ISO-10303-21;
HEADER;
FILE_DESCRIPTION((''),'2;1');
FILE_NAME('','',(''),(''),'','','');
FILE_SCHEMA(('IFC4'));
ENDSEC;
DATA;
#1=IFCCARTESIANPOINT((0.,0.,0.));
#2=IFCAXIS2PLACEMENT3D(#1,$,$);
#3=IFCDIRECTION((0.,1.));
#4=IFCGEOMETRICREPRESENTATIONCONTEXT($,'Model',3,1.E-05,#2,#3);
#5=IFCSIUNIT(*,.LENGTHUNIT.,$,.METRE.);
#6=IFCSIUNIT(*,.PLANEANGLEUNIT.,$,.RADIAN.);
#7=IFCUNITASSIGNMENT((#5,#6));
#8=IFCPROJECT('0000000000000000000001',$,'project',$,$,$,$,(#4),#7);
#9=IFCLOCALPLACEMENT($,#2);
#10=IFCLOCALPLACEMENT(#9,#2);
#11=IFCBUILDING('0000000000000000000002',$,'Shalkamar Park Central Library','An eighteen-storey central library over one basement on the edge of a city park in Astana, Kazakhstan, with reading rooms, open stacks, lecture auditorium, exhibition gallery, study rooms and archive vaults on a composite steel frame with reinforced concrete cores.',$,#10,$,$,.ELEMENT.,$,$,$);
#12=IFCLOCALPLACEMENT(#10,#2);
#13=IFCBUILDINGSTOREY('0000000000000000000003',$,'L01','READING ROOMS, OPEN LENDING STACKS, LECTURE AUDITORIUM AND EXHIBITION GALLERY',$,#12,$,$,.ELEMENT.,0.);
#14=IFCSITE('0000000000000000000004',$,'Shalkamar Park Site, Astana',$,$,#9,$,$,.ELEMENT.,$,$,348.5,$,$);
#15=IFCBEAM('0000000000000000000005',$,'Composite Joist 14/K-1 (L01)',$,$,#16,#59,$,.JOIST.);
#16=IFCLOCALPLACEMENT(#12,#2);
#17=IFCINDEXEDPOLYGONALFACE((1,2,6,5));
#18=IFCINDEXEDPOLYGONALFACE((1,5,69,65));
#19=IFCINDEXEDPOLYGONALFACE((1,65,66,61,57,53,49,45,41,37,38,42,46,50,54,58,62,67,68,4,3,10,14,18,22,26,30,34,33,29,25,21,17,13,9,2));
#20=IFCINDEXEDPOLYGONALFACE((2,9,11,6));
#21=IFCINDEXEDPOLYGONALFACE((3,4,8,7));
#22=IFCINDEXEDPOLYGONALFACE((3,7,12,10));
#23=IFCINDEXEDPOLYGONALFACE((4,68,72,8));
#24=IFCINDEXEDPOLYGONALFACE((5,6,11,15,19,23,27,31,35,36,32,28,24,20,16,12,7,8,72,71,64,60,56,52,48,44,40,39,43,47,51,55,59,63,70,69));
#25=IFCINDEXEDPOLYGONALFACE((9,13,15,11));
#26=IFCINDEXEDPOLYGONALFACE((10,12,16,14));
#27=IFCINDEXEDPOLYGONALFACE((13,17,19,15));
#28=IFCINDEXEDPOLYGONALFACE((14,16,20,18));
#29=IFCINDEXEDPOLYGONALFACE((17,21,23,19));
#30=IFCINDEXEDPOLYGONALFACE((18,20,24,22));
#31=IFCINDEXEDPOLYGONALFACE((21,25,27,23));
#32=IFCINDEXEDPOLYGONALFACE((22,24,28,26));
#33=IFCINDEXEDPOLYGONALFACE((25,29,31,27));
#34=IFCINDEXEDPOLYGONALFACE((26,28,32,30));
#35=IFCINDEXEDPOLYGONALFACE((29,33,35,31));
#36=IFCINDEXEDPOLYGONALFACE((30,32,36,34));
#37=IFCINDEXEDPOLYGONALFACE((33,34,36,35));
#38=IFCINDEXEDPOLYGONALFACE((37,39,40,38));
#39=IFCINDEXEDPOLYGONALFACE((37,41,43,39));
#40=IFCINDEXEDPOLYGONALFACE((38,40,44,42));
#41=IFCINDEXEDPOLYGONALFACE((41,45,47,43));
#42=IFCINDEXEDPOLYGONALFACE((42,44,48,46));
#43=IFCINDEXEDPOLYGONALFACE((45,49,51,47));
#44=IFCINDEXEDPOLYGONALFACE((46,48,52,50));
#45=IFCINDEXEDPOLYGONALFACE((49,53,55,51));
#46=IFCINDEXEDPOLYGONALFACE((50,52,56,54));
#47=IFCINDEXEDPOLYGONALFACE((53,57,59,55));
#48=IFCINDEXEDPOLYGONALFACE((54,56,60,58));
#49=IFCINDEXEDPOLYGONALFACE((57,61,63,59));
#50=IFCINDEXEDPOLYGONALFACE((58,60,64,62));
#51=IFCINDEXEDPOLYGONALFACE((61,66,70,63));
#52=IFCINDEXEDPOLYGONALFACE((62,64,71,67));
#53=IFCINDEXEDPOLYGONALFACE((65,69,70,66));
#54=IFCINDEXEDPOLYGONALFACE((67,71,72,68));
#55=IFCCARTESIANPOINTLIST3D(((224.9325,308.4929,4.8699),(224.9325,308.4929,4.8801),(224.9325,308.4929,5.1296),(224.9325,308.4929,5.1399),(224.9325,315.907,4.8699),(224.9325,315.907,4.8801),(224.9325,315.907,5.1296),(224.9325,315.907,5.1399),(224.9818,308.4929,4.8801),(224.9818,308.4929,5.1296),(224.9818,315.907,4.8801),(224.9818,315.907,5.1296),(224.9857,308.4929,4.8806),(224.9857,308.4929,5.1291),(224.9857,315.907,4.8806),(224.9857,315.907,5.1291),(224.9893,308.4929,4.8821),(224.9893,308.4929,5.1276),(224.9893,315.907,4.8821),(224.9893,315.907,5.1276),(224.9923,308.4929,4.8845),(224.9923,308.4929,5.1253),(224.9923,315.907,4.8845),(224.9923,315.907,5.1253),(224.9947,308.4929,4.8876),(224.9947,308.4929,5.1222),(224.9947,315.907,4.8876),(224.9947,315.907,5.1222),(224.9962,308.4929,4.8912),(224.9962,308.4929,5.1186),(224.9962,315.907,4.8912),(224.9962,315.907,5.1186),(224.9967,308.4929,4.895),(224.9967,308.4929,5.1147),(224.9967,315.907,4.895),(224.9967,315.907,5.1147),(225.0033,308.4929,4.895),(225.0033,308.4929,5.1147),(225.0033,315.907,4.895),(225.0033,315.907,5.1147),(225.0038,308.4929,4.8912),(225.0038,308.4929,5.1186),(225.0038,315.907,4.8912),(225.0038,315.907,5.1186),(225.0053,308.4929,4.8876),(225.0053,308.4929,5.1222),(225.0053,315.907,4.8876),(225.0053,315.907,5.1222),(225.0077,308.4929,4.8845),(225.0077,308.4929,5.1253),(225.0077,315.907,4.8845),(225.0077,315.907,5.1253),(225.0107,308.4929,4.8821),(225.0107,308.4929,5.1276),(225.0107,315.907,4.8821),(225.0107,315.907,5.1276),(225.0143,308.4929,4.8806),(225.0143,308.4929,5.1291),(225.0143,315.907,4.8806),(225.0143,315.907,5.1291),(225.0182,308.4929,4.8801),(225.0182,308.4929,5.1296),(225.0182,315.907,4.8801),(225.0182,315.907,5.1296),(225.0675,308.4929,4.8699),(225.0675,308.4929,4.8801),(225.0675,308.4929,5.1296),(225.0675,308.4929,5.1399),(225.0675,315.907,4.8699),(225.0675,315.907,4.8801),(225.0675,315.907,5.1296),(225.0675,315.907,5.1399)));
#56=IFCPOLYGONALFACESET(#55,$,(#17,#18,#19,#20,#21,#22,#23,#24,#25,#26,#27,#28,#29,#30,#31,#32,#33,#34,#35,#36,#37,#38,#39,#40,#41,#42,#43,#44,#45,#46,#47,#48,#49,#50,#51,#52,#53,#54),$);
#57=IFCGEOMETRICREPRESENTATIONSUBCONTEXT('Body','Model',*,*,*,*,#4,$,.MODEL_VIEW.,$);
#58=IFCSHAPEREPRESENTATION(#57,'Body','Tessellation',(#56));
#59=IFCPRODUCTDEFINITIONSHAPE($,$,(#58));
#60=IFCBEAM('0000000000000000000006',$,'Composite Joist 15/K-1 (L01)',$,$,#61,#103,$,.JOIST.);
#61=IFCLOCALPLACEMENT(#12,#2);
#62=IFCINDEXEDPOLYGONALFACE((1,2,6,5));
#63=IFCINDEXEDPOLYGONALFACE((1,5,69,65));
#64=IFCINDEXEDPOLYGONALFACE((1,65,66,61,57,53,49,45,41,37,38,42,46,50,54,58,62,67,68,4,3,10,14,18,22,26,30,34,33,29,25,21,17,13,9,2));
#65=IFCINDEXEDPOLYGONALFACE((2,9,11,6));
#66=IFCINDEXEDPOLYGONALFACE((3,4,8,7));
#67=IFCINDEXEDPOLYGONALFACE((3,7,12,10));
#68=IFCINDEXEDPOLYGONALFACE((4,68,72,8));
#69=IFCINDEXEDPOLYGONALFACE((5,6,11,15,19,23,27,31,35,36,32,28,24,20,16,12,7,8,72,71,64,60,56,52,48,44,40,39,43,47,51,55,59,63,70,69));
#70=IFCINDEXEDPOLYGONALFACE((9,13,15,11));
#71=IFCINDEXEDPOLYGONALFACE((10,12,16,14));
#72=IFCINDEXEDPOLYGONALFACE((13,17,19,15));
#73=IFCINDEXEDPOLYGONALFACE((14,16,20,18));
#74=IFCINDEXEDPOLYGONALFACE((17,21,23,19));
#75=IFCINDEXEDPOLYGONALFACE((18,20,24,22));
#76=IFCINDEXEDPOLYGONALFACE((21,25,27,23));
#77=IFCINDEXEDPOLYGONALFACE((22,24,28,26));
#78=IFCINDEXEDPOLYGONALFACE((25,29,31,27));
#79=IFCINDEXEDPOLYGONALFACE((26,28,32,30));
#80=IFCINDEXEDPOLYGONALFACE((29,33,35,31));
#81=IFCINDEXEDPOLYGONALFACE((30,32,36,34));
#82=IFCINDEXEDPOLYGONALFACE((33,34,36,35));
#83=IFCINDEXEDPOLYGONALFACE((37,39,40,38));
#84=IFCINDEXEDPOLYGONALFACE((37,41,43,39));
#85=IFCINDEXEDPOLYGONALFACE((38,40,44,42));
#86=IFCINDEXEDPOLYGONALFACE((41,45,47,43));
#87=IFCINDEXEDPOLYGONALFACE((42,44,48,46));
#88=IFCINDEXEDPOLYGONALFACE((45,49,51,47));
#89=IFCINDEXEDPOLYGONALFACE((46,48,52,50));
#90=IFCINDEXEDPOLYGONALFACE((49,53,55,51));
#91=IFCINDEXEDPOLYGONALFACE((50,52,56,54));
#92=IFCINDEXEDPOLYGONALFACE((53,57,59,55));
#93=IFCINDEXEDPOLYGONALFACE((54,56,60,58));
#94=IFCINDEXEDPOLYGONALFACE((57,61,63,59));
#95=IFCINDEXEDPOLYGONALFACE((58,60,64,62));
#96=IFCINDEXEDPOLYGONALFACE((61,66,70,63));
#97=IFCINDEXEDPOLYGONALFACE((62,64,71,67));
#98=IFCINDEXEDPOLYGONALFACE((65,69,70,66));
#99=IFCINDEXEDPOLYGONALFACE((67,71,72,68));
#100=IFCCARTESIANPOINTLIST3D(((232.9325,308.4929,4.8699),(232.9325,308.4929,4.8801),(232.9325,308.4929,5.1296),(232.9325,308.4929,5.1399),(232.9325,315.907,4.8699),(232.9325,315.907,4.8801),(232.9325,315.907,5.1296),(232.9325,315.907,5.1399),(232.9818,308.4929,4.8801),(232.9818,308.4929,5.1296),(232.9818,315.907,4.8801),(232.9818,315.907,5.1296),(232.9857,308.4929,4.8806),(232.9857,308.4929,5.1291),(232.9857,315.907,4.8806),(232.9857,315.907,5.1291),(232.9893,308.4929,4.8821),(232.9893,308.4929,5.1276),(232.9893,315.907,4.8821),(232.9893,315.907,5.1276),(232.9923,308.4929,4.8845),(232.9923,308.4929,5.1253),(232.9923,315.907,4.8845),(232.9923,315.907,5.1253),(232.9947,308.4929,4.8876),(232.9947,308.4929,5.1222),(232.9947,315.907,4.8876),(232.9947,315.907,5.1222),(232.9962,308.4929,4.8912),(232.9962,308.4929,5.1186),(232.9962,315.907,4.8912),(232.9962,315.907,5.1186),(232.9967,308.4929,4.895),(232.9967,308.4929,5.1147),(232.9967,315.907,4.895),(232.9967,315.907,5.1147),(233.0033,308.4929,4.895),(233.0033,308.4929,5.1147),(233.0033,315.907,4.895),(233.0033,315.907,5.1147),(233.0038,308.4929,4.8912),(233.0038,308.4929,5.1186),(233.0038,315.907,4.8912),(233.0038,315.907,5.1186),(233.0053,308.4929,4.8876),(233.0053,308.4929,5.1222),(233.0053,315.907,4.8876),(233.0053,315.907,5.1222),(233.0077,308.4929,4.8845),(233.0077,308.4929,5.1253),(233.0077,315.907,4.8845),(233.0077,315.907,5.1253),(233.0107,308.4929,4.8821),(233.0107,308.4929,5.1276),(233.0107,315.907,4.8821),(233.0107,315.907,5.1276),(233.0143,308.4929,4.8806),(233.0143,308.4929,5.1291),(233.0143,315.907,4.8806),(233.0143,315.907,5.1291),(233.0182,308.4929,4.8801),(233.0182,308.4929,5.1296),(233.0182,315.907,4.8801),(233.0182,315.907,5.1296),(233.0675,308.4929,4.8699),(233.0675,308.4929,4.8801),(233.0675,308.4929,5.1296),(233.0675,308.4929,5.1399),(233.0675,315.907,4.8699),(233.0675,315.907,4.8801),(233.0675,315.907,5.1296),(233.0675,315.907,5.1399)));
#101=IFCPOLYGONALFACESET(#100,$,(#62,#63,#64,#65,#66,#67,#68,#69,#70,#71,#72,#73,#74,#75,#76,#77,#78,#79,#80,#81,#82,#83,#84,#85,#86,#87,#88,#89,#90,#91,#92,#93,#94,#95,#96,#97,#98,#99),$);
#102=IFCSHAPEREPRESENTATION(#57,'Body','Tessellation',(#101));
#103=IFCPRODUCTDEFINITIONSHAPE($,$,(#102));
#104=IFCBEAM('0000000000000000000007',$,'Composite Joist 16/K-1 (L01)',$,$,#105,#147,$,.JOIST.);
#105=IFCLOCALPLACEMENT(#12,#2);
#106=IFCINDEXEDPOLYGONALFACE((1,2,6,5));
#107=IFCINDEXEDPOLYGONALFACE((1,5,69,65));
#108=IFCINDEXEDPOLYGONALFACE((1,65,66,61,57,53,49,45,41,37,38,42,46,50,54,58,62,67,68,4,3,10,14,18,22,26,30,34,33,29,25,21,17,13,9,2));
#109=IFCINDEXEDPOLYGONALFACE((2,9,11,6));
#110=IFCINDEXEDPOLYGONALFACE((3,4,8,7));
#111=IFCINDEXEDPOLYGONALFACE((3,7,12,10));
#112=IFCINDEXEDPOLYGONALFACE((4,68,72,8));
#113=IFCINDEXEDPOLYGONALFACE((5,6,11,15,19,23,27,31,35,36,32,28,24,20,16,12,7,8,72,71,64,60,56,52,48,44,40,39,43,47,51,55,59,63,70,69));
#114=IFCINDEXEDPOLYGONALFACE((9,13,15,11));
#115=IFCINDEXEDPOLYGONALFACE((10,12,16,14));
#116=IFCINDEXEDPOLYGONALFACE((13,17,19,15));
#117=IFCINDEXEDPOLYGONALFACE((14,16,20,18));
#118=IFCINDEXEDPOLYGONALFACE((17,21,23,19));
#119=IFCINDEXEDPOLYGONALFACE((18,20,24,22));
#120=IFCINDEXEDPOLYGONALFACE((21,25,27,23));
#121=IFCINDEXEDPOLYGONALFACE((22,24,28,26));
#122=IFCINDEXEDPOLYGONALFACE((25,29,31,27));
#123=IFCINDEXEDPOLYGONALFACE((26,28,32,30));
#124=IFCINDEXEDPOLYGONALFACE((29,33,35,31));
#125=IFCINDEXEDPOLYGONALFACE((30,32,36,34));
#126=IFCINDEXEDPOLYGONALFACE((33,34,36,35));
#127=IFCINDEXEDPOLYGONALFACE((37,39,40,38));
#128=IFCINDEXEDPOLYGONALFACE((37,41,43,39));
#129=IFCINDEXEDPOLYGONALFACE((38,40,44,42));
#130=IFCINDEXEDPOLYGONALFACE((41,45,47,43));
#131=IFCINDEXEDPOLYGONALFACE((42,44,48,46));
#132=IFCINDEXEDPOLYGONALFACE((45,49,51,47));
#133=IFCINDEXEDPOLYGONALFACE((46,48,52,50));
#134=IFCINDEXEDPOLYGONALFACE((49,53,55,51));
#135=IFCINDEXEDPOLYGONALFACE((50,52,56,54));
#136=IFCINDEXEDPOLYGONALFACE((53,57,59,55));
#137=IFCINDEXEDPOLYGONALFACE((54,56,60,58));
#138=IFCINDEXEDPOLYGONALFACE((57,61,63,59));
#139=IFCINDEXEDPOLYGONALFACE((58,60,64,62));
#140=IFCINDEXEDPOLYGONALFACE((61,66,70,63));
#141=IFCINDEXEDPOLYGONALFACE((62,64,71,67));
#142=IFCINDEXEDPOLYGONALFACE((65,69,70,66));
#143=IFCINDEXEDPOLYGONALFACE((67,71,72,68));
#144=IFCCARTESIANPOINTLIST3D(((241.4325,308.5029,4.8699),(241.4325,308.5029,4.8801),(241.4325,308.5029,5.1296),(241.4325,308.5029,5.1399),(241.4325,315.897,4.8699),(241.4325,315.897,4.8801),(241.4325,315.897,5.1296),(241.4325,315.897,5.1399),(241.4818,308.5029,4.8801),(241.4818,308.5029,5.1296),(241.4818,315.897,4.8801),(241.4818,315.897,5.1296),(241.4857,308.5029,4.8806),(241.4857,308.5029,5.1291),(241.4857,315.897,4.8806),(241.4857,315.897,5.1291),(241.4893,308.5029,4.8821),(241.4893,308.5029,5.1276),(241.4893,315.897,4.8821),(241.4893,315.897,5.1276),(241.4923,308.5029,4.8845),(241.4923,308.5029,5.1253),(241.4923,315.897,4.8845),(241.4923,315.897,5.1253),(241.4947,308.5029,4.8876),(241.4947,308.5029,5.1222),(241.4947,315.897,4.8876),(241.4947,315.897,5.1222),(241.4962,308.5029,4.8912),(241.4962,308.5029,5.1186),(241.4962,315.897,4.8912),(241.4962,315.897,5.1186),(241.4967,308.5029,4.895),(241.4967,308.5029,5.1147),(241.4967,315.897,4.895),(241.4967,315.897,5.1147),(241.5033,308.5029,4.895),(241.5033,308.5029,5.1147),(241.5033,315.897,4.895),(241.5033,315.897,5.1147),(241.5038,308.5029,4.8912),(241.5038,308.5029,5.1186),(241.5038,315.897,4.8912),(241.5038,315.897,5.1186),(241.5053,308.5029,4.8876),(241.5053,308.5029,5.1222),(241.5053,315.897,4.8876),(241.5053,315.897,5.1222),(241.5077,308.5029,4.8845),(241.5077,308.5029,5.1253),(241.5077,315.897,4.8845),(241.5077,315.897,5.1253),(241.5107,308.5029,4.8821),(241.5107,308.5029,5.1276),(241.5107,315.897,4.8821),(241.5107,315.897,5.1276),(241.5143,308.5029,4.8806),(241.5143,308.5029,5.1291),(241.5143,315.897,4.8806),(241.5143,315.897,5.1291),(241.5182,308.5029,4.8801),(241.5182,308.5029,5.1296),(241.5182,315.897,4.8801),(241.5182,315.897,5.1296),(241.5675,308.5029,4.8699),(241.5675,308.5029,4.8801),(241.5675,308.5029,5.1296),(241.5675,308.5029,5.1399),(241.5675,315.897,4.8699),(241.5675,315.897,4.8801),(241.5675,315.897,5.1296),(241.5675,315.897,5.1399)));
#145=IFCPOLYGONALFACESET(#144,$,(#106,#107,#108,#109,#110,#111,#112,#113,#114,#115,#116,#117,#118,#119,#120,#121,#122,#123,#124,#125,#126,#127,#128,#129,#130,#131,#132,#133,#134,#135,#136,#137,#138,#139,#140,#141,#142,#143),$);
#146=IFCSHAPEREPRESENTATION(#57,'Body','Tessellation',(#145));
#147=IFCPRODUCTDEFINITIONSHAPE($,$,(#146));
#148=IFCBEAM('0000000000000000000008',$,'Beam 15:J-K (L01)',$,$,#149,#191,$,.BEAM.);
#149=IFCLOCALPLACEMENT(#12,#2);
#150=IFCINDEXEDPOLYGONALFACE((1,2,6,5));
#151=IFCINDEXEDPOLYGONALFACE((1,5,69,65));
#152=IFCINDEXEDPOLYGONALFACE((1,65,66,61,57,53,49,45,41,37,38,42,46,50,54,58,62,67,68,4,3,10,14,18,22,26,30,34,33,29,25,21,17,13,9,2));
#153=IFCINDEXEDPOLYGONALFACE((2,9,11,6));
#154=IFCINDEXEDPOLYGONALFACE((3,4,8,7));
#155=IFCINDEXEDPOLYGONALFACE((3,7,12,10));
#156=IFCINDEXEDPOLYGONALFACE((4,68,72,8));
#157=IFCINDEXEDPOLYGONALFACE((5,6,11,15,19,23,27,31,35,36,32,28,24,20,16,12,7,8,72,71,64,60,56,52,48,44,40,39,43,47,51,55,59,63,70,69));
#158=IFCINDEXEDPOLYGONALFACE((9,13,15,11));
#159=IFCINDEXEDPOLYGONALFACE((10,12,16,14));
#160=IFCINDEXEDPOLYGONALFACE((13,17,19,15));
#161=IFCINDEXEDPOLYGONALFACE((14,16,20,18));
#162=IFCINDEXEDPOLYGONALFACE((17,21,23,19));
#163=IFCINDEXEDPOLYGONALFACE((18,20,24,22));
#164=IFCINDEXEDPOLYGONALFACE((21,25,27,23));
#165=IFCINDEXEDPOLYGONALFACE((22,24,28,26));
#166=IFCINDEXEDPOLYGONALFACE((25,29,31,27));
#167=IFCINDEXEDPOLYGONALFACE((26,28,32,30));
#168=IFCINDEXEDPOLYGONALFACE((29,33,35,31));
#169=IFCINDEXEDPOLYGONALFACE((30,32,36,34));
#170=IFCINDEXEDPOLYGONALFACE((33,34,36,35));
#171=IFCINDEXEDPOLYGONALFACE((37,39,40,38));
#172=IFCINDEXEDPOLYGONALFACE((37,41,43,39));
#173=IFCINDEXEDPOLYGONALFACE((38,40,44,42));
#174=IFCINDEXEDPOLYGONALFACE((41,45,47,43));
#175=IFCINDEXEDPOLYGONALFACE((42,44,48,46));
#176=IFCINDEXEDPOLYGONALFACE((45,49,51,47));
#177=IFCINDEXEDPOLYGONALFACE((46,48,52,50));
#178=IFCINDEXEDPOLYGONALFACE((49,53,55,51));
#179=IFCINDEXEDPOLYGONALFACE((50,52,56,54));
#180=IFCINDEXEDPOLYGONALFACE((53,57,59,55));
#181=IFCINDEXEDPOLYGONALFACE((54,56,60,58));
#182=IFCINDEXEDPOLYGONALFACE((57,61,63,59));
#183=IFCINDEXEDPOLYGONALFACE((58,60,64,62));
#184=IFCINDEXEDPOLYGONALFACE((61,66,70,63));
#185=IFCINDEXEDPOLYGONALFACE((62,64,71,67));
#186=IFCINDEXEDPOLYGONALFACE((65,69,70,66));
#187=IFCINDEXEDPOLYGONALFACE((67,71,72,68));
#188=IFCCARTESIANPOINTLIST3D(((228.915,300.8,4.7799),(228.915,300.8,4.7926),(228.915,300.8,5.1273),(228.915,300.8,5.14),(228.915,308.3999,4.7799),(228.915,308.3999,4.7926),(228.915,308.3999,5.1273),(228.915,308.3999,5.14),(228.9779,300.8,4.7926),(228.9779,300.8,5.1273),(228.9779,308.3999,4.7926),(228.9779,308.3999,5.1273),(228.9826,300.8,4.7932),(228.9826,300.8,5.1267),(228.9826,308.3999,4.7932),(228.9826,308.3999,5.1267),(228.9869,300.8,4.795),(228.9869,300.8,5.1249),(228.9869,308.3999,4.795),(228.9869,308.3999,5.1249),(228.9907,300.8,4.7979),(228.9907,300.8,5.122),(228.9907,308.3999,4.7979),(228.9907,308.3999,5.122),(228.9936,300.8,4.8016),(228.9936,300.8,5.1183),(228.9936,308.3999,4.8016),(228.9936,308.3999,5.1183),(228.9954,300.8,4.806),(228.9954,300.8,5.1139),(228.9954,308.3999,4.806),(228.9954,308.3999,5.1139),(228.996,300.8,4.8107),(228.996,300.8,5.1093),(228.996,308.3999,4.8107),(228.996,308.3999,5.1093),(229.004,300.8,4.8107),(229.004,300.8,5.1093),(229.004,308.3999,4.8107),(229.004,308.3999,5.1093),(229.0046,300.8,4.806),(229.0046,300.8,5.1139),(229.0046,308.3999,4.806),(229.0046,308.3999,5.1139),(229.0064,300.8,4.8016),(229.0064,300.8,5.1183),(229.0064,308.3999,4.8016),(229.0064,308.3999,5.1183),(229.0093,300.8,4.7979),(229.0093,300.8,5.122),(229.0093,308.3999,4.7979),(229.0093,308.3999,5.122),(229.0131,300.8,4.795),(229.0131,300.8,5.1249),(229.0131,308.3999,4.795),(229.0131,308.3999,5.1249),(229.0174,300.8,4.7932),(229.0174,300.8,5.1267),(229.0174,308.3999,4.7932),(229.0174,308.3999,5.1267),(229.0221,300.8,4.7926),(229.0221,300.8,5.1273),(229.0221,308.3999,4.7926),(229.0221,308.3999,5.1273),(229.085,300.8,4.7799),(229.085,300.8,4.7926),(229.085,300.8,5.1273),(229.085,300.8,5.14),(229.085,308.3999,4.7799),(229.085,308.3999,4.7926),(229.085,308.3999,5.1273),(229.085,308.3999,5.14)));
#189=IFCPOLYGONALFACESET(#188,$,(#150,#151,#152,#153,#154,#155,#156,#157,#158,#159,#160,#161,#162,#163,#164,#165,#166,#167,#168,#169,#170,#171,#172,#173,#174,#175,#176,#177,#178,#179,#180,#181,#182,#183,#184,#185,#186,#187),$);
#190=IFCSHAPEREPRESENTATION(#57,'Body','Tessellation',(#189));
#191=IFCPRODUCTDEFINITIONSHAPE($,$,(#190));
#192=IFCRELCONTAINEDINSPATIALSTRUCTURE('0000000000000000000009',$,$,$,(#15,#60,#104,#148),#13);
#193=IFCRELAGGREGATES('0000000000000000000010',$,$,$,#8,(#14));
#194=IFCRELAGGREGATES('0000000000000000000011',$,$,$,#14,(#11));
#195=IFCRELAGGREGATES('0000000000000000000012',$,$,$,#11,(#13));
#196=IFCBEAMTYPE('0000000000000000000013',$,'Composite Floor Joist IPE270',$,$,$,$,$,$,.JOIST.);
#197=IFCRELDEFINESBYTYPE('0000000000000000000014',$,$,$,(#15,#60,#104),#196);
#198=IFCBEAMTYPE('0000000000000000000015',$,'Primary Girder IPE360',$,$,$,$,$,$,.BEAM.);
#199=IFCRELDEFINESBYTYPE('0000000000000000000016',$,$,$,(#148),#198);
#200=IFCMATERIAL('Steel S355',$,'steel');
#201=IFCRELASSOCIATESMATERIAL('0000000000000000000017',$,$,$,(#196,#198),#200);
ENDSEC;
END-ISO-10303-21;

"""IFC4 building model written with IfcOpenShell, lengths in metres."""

from ifc_helpers import new_model, si_unit, direction, frame, origin, origin_2d, place, context, subcontext, project, spatial, i_section, extrude, material, material_profile, profile_set, type_object, element, save


model = new_model("IFC4")

# Units and contexts
model_context = context("Model", 3, precision=1e-05, world=origin(), true_north=direction((0.0, 1.0)))
body_context = subcontext(model_context, "Body", "Model", "MODEL_VIEW")
ifc_project = project(units=[si_unit("LENGTHUNIT", "METRE"), si_unit("PLANEANGLEUNIT", "RADIAN")], contexts=[model_context])

# Site, building, storey
site_placement = place(None, origin())
site = spatial("IfcSite", under=ifc_project, at=site_placement, Name="Shalkamar Park Site, Astana", CompositionType="ELEMENT", RefElevation=348.5)
building_placement = place(site_placement, origin())
building = spatial("IfcBuilding", under=site, at=building_placement, Name="Shalkamar Park Central Library", Description="An eighteen-storey central library over one basement on the edge of a city park in Astana, Kazakhstan, with reading rooms, open stacks, lecture auditorium, exhibition gallery, study rooms and archive vaults on a composite steel frame with reinforced concrete cores.", CompositionType="ELEMENT")
storey_placement = place(building_placement, origin())
storey = spatial("IfcBuildingStorey", under=building, at=storey_placement, Name="L01", Description="READING ROOMS, OPEN LENDING STACKS, LECTURE AUDITORIUM AND EXHIBITION GALLERY", CompositionType="ELEMENT", Elevation=0.0)

# Shared definitions
ifc_material_1 = material(Name="Steel S355", Category="steel")

# Beams
ifc_material_profile_1 = material_profile(ifc_material_1, i_section(OverallWidth=0.135, OverallDepth=0.27, WebThickness=0.0066, FlangeThickness=0.0103, FilletRadius=0.0149, at=origin_2d()), Name="IPE 270")
ifc_profile_set_1 = profile_set([ifc_material_profile_1], Name="Steel S355")
beam_type_1 = type_object("IfcBeamType", Name="Composite Floor Joist IPE270", PredefinedType="JOIST", material=ifc_profile_set_1)
for number, where, z_axis, x_axis, name in (
    (1, (225.0, 308.4929, 5.0049), (0.0, 1.0, 0.0), (-1.0, 0.0, 0.0), "Composite Joist 14/K-1 (L01)"),
    (2, (233.0, 308.4929, 5.0049), (0.0, 1.0, 0.0), (-1.0, 0.0, 0.0), "Composite Joist 15/K-1 (L01)"),
):
    element("IfcBeam", number, at=place(storey_placement, frame(where, z_axis=z_axis, x_axis=x_axis)), inside=storey, type_object=beam_type_1, Name=name, PredefinedType="JOIST", context=body_context, shape_type="SweptSolid", body=[
        extrude(i_section(OverallWidth=0.135, OverallDepth=0.27, WebThickness=0.0066, FlangeThickness=0.0103, FilletRadius=0.0149, at=origin_2d()), origin(), (0.0, 0.0, 1.0), 7.4141),
    ])
beam_1_placement = place(storey_placement, frame((241.5, 308.5029, 5.0049), z_axis=(0.0, 1.0, 0.0), x_axis=(-1.0, 0.0, 0.0)))
element("IfcBeam", 3, at=beam_1_placement, inside=storey, type_object=beam_type_1, Name="Composite Joist 16/K-1 (L01)", PredefinedType="JOIST", context=body_context, shape_type="SweptSolid", body=[
    extrude(i_section(OverallWidth=0.135, OverallDepth=0.27, WebThickness=0.0066, FlangeThickness=0.0103, FilletRadius=0.0149, at=origin_2d()), origin(), (0.0, 0.0, 1.0), 7.394),
])
ifc_material_profile_2 = material_profile(ifc_material_1, i_section(OverallWidth=0.1699, OverallDepth=0.3601, WebThickness=0.0081, FlangeThickness=0.0127, FilletRadius=0.0181, at=origin_2d()), Name="IPE 360")
ifc_profile_set_2 = profile_set([ifc_material_profile_2], Name="Steel S355")
beam_type_2 = type_object("IfcBeamType", Name="Primary Girder IPE360", PredefinedType="BEAM", material=ifc_profile_set_2)
beam_2_placement = place(storey_placement, frame((229.0, 300.8, 4.96), z_axis=(0.0, 1.0, 0.0), x_axis=(-1.0, 0.0, 0.0)))
element("IfcBeam", 4, at=beam_2_placement, inside=storey, type_object=beam_type_2, Name="Beam 15:J-K (L01)", PredefinedType="BEAM", context=body_context, shape_type="SweptSolid", body=[
    extrude(i_section(OverallWidth=0.1699, OverallDepth=0.3601, WebThickness=0.0081, FlangeThickness=0.0127, FilletRadius=0.0181, at=origin_2d()), origin(), (0.0, 0.0, 1.0), 7.5999),
])

save(model, "model.ifc")
